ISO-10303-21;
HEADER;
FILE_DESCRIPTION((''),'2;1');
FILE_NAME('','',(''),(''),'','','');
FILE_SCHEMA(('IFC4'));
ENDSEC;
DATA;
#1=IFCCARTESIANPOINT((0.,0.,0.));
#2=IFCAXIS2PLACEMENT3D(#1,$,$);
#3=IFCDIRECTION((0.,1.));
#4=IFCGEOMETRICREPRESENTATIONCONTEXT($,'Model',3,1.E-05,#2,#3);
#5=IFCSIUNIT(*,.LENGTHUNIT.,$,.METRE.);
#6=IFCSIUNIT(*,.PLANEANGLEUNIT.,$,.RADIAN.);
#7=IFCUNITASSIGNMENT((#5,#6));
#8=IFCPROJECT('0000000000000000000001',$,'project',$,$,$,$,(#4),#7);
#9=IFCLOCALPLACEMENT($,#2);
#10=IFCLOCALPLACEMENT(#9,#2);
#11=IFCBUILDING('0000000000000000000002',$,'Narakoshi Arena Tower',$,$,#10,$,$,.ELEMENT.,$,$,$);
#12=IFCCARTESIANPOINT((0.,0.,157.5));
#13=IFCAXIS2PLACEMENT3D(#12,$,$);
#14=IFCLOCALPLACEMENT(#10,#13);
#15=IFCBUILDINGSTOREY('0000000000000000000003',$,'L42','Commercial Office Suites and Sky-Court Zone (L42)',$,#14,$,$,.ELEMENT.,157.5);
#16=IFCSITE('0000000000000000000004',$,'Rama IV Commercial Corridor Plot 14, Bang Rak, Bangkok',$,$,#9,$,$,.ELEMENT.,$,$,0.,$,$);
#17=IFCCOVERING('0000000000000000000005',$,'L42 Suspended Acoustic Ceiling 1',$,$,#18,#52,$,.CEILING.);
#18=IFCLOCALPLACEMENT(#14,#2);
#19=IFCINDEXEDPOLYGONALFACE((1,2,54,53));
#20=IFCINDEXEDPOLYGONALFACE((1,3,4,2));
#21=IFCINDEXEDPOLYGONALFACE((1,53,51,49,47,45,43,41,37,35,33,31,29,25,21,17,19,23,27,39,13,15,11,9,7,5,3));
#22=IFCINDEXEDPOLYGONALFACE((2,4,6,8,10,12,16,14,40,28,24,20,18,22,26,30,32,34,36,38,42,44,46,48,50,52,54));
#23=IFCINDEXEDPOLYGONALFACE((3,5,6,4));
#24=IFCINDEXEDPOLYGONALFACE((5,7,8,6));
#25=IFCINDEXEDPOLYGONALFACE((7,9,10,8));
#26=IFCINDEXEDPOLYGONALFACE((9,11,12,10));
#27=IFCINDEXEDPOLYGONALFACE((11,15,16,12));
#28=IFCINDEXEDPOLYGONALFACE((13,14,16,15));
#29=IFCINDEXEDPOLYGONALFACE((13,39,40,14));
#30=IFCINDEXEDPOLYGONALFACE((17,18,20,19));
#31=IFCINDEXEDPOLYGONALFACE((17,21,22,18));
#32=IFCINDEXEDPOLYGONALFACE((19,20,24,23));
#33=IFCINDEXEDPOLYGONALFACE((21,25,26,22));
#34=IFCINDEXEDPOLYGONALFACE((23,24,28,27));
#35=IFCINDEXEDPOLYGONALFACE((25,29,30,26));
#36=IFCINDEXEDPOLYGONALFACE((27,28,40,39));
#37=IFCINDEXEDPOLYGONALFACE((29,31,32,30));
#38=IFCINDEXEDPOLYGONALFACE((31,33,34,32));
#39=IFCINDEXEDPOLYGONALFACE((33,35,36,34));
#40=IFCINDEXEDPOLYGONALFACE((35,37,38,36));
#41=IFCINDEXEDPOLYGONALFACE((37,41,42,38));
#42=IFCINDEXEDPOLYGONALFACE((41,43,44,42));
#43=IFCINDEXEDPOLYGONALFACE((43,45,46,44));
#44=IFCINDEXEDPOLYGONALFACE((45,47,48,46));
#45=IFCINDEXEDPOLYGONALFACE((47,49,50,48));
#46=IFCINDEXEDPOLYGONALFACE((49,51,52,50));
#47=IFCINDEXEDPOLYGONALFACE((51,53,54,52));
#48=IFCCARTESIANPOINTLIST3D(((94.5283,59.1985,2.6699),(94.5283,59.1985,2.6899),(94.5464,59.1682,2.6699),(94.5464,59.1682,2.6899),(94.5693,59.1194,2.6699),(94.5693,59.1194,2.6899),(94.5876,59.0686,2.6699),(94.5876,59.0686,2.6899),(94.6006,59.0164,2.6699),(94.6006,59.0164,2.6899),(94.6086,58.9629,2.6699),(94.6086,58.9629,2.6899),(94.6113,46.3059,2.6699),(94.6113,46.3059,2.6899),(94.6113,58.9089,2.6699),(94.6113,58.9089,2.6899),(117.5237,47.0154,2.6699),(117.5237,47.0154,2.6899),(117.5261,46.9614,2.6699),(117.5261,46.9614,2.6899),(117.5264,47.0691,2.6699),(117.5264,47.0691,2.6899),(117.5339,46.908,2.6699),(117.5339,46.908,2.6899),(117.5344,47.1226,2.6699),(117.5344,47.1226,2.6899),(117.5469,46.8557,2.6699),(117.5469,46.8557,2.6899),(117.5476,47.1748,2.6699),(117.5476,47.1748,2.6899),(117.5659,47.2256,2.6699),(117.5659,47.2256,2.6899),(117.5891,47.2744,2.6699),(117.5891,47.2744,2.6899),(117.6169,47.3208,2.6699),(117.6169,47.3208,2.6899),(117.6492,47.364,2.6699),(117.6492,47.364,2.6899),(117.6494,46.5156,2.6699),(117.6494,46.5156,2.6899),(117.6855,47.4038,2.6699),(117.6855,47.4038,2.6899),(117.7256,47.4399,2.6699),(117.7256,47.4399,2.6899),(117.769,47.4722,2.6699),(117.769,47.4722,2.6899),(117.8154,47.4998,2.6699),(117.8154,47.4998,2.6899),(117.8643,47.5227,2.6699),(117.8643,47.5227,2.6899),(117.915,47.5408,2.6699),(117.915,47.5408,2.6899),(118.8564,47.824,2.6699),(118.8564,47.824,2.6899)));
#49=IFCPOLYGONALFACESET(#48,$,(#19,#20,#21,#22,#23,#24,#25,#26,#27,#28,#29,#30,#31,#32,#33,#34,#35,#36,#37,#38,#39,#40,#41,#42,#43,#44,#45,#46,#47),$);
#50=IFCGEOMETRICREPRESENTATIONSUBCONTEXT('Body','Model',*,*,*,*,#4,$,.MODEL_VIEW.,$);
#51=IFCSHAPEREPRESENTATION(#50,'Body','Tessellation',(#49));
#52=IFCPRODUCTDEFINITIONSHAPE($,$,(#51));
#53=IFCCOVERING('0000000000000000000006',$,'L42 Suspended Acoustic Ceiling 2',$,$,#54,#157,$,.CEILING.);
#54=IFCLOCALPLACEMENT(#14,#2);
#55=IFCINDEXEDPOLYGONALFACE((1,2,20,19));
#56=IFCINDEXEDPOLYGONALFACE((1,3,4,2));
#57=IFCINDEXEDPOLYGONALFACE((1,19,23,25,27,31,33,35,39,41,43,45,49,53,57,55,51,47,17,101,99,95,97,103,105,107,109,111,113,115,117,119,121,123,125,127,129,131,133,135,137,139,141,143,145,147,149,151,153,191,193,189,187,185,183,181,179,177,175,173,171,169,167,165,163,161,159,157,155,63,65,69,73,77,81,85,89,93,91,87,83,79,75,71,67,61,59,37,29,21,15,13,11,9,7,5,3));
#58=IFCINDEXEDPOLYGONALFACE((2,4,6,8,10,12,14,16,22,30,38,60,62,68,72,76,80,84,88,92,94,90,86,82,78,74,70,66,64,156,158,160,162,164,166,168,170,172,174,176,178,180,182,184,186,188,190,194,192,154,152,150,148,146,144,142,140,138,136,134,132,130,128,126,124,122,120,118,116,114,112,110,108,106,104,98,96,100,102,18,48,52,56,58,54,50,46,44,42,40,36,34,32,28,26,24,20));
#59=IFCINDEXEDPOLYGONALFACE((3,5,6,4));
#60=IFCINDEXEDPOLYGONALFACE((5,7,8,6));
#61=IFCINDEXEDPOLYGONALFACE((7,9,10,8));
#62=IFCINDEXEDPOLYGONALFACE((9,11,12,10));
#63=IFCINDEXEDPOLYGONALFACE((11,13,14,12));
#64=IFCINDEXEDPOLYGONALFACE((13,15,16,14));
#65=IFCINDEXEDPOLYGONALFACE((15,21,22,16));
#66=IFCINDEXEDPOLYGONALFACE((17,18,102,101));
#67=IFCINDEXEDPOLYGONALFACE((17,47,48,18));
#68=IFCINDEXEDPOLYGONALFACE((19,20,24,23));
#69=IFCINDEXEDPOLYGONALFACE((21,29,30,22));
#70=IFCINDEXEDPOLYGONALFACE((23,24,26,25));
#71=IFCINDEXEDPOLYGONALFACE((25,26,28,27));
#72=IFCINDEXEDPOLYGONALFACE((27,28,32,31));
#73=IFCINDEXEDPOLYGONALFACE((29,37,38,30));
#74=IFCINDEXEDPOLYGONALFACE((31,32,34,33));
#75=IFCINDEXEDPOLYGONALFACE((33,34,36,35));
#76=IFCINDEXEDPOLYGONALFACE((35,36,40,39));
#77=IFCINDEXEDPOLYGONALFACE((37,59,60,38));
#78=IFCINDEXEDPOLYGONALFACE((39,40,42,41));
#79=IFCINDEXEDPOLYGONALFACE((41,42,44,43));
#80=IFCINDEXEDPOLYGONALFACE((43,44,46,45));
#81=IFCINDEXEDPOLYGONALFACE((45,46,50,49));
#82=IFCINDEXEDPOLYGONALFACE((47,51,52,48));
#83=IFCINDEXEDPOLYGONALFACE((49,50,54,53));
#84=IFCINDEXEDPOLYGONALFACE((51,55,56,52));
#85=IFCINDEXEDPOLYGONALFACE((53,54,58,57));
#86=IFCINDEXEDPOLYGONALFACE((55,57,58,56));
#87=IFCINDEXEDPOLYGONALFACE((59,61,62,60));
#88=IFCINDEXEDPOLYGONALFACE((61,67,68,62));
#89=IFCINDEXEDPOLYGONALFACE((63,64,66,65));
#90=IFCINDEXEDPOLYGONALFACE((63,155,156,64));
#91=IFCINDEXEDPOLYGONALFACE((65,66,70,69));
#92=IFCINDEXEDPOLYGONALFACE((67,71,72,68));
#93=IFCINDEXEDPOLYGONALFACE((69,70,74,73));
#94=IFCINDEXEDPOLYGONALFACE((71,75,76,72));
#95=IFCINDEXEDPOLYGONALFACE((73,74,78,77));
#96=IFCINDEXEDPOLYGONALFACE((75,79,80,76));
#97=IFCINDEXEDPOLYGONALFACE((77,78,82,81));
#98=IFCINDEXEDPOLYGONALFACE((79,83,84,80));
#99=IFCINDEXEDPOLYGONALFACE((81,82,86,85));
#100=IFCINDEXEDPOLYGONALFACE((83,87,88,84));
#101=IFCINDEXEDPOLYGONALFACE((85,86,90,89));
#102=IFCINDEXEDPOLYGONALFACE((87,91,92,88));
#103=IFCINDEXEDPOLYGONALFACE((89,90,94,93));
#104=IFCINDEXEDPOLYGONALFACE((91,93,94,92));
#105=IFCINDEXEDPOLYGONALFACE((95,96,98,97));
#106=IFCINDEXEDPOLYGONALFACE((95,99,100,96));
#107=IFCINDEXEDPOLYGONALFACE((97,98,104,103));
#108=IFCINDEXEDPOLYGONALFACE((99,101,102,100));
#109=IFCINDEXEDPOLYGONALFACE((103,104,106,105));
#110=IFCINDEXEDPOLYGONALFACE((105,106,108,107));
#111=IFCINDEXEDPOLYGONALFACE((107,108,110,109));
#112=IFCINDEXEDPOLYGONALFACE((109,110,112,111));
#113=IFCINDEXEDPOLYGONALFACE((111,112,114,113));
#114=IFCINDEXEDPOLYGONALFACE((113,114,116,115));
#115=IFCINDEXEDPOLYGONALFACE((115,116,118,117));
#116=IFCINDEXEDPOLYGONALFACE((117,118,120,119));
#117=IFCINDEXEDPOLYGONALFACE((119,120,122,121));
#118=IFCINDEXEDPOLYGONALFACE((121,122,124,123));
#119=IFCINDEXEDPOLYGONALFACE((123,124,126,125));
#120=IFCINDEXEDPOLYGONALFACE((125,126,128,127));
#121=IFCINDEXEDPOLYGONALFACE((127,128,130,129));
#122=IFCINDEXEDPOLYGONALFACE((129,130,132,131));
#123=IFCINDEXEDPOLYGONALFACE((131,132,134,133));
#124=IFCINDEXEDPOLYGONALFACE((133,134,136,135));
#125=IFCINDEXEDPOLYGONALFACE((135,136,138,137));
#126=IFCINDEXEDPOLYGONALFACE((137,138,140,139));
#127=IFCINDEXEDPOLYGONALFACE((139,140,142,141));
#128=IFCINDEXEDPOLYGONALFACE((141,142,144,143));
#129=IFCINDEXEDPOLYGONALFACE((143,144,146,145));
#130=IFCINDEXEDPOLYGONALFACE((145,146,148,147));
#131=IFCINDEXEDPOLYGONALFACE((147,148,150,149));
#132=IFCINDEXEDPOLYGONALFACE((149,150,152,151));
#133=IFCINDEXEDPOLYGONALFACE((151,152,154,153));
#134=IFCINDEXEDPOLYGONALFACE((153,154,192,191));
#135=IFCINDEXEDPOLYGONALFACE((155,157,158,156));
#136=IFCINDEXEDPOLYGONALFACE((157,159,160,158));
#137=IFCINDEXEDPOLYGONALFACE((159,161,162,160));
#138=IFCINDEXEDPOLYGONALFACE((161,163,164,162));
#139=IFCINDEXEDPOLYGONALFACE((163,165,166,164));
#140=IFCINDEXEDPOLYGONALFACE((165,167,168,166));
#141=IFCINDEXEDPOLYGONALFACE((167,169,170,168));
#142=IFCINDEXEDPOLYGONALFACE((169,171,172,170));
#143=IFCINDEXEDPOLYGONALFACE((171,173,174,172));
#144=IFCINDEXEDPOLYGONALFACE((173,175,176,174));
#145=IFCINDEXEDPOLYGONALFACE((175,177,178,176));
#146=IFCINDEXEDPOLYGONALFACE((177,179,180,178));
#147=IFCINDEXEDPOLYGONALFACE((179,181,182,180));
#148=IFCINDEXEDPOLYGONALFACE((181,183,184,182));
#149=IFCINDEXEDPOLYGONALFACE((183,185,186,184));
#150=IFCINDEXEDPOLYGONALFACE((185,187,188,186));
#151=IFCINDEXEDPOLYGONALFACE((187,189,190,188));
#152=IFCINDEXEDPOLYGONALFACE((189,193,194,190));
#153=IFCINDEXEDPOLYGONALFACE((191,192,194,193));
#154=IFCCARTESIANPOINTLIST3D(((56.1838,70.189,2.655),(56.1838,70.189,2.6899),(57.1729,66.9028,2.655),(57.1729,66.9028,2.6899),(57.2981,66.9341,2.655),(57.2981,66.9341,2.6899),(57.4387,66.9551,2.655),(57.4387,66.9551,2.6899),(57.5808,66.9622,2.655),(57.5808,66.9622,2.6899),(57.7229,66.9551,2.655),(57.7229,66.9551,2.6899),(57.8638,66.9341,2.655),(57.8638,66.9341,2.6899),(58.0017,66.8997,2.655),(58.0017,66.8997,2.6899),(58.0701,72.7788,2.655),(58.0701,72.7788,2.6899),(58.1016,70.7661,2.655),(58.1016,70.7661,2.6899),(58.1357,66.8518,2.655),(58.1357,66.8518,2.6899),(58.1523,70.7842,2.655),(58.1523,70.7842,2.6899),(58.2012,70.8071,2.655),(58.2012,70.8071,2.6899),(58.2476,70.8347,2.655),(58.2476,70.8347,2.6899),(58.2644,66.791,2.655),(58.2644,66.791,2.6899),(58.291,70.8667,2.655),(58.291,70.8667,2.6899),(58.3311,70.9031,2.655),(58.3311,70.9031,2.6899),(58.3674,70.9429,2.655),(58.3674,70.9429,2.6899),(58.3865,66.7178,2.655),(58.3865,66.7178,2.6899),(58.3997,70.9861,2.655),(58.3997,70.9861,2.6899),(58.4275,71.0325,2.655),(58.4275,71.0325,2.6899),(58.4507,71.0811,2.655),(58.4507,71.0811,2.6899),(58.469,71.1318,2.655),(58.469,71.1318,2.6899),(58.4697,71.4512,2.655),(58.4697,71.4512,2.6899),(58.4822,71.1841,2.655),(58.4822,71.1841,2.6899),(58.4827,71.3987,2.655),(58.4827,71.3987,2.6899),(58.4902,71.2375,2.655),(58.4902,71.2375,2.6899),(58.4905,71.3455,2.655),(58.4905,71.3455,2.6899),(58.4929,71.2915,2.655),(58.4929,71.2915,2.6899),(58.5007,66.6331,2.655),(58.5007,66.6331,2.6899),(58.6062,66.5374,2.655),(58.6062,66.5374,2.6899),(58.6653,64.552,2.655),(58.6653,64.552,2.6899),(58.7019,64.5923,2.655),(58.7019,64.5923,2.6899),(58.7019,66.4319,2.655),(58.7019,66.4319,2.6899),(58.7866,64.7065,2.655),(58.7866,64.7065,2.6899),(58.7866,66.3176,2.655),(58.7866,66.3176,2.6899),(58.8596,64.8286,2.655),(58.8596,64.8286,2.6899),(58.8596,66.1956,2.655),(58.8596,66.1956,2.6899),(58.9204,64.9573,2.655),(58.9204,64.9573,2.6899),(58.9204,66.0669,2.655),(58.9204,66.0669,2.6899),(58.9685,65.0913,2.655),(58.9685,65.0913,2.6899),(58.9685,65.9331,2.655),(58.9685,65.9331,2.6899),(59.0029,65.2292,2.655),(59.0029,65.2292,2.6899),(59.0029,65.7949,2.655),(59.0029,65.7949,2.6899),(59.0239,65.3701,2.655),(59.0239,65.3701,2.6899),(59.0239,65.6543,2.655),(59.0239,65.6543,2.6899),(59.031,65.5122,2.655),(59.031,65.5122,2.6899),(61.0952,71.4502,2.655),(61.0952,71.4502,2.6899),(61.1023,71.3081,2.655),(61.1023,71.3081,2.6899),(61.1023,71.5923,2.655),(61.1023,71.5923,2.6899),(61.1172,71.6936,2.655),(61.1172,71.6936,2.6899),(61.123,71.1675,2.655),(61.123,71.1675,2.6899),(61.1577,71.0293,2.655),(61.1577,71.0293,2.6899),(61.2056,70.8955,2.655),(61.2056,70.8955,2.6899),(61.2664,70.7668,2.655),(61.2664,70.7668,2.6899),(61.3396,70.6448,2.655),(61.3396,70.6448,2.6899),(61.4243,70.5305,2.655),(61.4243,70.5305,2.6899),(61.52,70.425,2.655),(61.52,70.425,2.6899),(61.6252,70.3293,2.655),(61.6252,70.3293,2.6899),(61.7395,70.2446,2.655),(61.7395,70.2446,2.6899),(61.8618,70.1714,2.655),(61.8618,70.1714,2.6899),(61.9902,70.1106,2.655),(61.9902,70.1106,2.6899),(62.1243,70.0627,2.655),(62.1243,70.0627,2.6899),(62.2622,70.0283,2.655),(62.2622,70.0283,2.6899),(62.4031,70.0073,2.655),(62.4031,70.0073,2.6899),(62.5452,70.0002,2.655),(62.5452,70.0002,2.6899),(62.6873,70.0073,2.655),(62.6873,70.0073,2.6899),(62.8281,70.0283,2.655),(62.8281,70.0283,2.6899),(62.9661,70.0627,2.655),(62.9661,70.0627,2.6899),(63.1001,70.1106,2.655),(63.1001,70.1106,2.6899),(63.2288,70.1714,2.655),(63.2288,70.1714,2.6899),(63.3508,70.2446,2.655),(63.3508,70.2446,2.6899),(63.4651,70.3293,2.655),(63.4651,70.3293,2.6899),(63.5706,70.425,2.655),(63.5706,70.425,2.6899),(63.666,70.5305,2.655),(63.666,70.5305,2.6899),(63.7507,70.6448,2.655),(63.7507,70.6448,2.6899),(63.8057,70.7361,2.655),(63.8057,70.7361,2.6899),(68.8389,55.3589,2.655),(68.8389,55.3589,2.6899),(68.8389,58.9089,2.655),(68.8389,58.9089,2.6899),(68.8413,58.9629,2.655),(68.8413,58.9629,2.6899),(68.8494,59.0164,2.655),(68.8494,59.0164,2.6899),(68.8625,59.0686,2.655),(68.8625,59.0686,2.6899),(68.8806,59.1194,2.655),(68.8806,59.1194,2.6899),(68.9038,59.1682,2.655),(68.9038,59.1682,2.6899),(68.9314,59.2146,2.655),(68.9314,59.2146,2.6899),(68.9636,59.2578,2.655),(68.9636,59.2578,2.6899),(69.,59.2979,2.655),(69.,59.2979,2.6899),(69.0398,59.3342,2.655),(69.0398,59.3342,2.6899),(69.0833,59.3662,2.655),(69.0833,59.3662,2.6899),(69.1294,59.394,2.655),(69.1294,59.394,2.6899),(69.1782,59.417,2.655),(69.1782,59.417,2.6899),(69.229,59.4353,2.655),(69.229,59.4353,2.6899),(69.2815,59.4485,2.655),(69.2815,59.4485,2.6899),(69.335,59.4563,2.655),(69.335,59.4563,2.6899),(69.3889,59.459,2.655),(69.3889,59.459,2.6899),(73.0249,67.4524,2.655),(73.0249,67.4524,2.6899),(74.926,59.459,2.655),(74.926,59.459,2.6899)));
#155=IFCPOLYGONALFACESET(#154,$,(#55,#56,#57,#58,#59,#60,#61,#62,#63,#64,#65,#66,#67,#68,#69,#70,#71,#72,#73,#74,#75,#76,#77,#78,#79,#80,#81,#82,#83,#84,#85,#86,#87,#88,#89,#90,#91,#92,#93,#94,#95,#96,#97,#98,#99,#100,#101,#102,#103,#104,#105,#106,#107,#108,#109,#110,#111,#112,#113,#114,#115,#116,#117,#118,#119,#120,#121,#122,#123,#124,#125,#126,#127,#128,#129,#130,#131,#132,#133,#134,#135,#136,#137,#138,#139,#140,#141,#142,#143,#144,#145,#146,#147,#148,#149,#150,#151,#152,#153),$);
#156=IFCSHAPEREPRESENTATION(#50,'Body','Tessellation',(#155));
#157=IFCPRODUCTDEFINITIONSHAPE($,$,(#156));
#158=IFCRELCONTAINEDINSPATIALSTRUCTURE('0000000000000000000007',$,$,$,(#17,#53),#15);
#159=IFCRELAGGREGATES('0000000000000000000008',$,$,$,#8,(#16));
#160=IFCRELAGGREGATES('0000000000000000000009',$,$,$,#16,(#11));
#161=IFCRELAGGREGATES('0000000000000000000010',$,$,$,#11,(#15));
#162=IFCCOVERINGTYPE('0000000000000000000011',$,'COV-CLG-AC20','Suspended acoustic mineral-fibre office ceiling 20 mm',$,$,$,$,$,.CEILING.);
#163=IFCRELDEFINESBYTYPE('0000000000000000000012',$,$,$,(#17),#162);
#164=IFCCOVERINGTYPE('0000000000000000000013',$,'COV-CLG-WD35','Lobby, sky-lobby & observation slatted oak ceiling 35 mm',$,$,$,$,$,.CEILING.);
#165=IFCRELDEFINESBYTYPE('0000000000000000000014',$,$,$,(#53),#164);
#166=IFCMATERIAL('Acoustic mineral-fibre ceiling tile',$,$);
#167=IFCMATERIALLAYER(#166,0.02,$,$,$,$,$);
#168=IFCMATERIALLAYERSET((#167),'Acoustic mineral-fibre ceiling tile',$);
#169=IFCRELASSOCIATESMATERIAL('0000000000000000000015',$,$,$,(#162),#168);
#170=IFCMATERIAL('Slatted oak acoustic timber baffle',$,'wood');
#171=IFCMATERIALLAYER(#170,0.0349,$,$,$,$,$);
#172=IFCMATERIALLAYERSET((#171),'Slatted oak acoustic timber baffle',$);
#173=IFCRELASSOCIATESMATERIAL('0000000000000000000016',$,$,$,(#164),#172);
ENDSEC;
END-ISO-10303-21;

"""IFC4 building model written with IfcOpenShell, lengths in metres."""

from ifc_helpers import new_model, si_unit, direction, frame, origin, place, context, subcontext, project, spatial, polyline, outline, extrude, material, layer, layer_set, type_object, element, save


model = new_model("IFC4")

# Units and contexts
model_context = context("Model", 3, precision=1e-05, world=origin(), true_north=direction((0.0, 1.0)))
body_context = subcontext(model_context, "Body", "Model", "MODEL_VIEW")
ifc_project = project(units=[si_unit("LENGTHUNIT", "METRE"), si_unit("PLANEANGLEUNIT", "RADIAN")], contexts=[model_context])

# Site, building, storey
site_placement = place(None, origin())
site = spatial("IfcSite", under=ifc_project, at=site_placement, Name="Rama IV Commercial Corridor Plot 14, Bang Rak, Bangkok", CompositionType="ELEMENT", RefElevation=0.0)
building_placement = place(site_placement, origin())
building = spatial("IfcBuilding", under=site, at=building_placement, Name="Narakoshi Arena Tower", CompositionType="ELEMENT")
storey_placement = place(building_placement, frame((0.0, 0.0, 157.5)))
storey = spatial("IfcBuildingStorey", under=building, at=storey_placement, Name="L42", Description="Commercial Office Suites and Sky-Court Zone (L42)", CompositionType="ELEMENT", Elevation=157.5)

# Coverings
ifc_material_1 = material(Name="Acoustic mineral-fibre ceiling tile")
ifc_layer_1 = layer(ifc_material_1, 0.02)
ifc_layer_set_1 = layer_set([ifc_layer_1], Name="Acoustic mineral-fibre ceiling tile")
covering_type_1 = type_object("IfcCoveringType", Name="COV-CLG-AC20", Description="Suspended acoustic mineral-fibre office ceiling 20 mm", PredefinedType="CEILING", material=ifc_layer_set_1)
covering_1_placement = place(storey_placement, frame((0.0, 0.0, 2.6699)))
element("IfcCovering", 1, at=covering_1_placement, inside=storey, type_object=covering_type_1, Name="L42 Suspended Acoustic Ceiling 1", PredefinedType="CEILING", context=body_context, shape_type="SweptSolid", body=[
    extrude(outline(polyline([(118.8564, 47.824), (117.915, 47.5408), (117.8643, 47.5227), (117.8154, 47.4998), (117.769, 47.4722), (117.7256, 47.4399), (117.6855, 47.4038), (117.6492, 47.364), (117.6169, 47.3208), (117.5891, 47.2744), (117.5659, 47.2256), (117.5476, 47.1748), (117.5344, 47.1226), (117.5264, 47.0691), (117.5237, 47.0154), (117.5261, 46.9614), (117.5339, 46.908), (117.5469, 46.8557), (117.6494, 46.5156), (94.6113, 46.3059), (94.6113, 58.9089), (94.6086, 58.9629), (94.6006, 59.0164), (94.5876, 59.0686), (94.5693, 59.1194), (94.5464, 59.1682), (94.5283, 59.1985), (118.8564, 47.824)])), origin(), (0.0, 0.0, 1.0), 0.02),
])
ifc_material_2 = material(Name="Slatted oak acoustic timber baffle", Category="wood")
ifc_layer_2 = layer(ifc_material_2, 0.0349)
ifc_layer_set_2 = layer_set([ifc_layer_2], Name="Slatted oak acoustic timber baffle")
covering_type_2 = type_object("IfcCoveringType", Name="COV-CLG-WD35", Description="Lobby, sky-lobby & observation slatted oak ceiling 35 mm", PredefinedType="CEILING", material=ifc_layer_set_2)
covering_2_placement = place(storey_placement, frame((0.0, 0.0, 2.655)))
element("IfcCovering", 2, at=covering_2_placement, inside=storey, type_object=covering_type_2, Name="L42 Suspended Acoustic Ceiling 2", PredefinedType="CEILING", context=body_context, shape_type="SweptSolid", body=[
    extrude(outline(polyline([(58.1523, 70.7842), (58.2012, 70.8071), (58.2476, 70.8347), (58.291, 70.8667), (58.3311, 70.9031), (58.3674, 70.9429), (58.3997, 70.9861), (58.4275, 71.0325), (58.4507, 71.0811), (58.469, 71.1318), (58.4822, 71.1841), (58.4902, 71.2375), (58.4929, 71.2915), (58.4905, 71.3455), (58.4827, 71.3987), (58.4697, 71.4512), (58.0701, 72.7788), (61.1172, 71.6936), (61.1023, 71.5923), (61.0952, 71.4502), (61.1023, 71.3081), (61.123, 71.1675), (61.1577, 71.0293), (61.2056, 70.8955), (61.2664, 70.7668), (61.3396, 70.6448), (61.4243, 70.5305), (61.52, 70.425), (61.6252, 70.3293), (61.7395, 70.2446), (61.8618, 70.1714), (61.9902, 70.1106), (62.1243, 70.0627), (62.2622, 70.0283), (62.4031, 70.0073), (62.5452, 70.0002), (62.6873, 70.0073), (62.8281, 70.0283), (62.9661, 70.0627), (63.1001, 70.1106), (63.2288, 70.1714), (63.3508, 70.2446), (63.4651, 70.3293), (63.5706, 70.425), (63.666, 70.5305), (63.7507, 70.6448), (63.8057, 70.7361), (73.0249, 67.4524), (74.926, 59.459), (69.3889, 59.459), (69.335, 59.4563), (69.2815, 59.4485), (69.229, 59.4353), (69.1782, 59.417), (69.1294, 59.394), (69.0833, 59.3662), (69.0398, 59.3342), (69.0, 59.2979), (68.9636, 59.2578), (68.9314, 59.2146), (68.9038, 59.1682), (68.8806, 59.1194), (68.8625, 59.0686), (68.8494, 59.0164), (68.8413, 58.9629), (68.8389, 58.9089), (68.8389, 55.3589), (58.6653, 64.552), (58.7019, 64.5923), (58.7866, 64.7065), (58.8596, 64.8286), (58.9204, 64.9573), (58.9685, 65.0913), (59.0029, 65.2292), (59.0239, 65.3701), (59.031, 65.5122), (59.0239, 65.6543), (59.0029, 65.7949), (58.9685, 65.9331), (58.9204, 66.0669), (58.8596, 66.1956), (58.7866, 66.3176), (58.7019, 66.4319), (58.6062, 66.5374), (58.5007, 66.6331), (58.3865, 66.7178), (58.2644, 66.791), (58.1357, 66.8518), (58.0017, 66.8997), (57.8638, 66.9341), (57.7229, 66.9551), (57.5808, 66.9622), (57.4387, 66.9551), (57.2981, 66.9341), (57.1729, 66.9028), (56.1838, 70.189), (58.1016, 70.7661), (58.1523, 70.7842)])), origin(), (0.0, 0.0, 1.0), 0.0349),
])

save(model, "model.ifc")
